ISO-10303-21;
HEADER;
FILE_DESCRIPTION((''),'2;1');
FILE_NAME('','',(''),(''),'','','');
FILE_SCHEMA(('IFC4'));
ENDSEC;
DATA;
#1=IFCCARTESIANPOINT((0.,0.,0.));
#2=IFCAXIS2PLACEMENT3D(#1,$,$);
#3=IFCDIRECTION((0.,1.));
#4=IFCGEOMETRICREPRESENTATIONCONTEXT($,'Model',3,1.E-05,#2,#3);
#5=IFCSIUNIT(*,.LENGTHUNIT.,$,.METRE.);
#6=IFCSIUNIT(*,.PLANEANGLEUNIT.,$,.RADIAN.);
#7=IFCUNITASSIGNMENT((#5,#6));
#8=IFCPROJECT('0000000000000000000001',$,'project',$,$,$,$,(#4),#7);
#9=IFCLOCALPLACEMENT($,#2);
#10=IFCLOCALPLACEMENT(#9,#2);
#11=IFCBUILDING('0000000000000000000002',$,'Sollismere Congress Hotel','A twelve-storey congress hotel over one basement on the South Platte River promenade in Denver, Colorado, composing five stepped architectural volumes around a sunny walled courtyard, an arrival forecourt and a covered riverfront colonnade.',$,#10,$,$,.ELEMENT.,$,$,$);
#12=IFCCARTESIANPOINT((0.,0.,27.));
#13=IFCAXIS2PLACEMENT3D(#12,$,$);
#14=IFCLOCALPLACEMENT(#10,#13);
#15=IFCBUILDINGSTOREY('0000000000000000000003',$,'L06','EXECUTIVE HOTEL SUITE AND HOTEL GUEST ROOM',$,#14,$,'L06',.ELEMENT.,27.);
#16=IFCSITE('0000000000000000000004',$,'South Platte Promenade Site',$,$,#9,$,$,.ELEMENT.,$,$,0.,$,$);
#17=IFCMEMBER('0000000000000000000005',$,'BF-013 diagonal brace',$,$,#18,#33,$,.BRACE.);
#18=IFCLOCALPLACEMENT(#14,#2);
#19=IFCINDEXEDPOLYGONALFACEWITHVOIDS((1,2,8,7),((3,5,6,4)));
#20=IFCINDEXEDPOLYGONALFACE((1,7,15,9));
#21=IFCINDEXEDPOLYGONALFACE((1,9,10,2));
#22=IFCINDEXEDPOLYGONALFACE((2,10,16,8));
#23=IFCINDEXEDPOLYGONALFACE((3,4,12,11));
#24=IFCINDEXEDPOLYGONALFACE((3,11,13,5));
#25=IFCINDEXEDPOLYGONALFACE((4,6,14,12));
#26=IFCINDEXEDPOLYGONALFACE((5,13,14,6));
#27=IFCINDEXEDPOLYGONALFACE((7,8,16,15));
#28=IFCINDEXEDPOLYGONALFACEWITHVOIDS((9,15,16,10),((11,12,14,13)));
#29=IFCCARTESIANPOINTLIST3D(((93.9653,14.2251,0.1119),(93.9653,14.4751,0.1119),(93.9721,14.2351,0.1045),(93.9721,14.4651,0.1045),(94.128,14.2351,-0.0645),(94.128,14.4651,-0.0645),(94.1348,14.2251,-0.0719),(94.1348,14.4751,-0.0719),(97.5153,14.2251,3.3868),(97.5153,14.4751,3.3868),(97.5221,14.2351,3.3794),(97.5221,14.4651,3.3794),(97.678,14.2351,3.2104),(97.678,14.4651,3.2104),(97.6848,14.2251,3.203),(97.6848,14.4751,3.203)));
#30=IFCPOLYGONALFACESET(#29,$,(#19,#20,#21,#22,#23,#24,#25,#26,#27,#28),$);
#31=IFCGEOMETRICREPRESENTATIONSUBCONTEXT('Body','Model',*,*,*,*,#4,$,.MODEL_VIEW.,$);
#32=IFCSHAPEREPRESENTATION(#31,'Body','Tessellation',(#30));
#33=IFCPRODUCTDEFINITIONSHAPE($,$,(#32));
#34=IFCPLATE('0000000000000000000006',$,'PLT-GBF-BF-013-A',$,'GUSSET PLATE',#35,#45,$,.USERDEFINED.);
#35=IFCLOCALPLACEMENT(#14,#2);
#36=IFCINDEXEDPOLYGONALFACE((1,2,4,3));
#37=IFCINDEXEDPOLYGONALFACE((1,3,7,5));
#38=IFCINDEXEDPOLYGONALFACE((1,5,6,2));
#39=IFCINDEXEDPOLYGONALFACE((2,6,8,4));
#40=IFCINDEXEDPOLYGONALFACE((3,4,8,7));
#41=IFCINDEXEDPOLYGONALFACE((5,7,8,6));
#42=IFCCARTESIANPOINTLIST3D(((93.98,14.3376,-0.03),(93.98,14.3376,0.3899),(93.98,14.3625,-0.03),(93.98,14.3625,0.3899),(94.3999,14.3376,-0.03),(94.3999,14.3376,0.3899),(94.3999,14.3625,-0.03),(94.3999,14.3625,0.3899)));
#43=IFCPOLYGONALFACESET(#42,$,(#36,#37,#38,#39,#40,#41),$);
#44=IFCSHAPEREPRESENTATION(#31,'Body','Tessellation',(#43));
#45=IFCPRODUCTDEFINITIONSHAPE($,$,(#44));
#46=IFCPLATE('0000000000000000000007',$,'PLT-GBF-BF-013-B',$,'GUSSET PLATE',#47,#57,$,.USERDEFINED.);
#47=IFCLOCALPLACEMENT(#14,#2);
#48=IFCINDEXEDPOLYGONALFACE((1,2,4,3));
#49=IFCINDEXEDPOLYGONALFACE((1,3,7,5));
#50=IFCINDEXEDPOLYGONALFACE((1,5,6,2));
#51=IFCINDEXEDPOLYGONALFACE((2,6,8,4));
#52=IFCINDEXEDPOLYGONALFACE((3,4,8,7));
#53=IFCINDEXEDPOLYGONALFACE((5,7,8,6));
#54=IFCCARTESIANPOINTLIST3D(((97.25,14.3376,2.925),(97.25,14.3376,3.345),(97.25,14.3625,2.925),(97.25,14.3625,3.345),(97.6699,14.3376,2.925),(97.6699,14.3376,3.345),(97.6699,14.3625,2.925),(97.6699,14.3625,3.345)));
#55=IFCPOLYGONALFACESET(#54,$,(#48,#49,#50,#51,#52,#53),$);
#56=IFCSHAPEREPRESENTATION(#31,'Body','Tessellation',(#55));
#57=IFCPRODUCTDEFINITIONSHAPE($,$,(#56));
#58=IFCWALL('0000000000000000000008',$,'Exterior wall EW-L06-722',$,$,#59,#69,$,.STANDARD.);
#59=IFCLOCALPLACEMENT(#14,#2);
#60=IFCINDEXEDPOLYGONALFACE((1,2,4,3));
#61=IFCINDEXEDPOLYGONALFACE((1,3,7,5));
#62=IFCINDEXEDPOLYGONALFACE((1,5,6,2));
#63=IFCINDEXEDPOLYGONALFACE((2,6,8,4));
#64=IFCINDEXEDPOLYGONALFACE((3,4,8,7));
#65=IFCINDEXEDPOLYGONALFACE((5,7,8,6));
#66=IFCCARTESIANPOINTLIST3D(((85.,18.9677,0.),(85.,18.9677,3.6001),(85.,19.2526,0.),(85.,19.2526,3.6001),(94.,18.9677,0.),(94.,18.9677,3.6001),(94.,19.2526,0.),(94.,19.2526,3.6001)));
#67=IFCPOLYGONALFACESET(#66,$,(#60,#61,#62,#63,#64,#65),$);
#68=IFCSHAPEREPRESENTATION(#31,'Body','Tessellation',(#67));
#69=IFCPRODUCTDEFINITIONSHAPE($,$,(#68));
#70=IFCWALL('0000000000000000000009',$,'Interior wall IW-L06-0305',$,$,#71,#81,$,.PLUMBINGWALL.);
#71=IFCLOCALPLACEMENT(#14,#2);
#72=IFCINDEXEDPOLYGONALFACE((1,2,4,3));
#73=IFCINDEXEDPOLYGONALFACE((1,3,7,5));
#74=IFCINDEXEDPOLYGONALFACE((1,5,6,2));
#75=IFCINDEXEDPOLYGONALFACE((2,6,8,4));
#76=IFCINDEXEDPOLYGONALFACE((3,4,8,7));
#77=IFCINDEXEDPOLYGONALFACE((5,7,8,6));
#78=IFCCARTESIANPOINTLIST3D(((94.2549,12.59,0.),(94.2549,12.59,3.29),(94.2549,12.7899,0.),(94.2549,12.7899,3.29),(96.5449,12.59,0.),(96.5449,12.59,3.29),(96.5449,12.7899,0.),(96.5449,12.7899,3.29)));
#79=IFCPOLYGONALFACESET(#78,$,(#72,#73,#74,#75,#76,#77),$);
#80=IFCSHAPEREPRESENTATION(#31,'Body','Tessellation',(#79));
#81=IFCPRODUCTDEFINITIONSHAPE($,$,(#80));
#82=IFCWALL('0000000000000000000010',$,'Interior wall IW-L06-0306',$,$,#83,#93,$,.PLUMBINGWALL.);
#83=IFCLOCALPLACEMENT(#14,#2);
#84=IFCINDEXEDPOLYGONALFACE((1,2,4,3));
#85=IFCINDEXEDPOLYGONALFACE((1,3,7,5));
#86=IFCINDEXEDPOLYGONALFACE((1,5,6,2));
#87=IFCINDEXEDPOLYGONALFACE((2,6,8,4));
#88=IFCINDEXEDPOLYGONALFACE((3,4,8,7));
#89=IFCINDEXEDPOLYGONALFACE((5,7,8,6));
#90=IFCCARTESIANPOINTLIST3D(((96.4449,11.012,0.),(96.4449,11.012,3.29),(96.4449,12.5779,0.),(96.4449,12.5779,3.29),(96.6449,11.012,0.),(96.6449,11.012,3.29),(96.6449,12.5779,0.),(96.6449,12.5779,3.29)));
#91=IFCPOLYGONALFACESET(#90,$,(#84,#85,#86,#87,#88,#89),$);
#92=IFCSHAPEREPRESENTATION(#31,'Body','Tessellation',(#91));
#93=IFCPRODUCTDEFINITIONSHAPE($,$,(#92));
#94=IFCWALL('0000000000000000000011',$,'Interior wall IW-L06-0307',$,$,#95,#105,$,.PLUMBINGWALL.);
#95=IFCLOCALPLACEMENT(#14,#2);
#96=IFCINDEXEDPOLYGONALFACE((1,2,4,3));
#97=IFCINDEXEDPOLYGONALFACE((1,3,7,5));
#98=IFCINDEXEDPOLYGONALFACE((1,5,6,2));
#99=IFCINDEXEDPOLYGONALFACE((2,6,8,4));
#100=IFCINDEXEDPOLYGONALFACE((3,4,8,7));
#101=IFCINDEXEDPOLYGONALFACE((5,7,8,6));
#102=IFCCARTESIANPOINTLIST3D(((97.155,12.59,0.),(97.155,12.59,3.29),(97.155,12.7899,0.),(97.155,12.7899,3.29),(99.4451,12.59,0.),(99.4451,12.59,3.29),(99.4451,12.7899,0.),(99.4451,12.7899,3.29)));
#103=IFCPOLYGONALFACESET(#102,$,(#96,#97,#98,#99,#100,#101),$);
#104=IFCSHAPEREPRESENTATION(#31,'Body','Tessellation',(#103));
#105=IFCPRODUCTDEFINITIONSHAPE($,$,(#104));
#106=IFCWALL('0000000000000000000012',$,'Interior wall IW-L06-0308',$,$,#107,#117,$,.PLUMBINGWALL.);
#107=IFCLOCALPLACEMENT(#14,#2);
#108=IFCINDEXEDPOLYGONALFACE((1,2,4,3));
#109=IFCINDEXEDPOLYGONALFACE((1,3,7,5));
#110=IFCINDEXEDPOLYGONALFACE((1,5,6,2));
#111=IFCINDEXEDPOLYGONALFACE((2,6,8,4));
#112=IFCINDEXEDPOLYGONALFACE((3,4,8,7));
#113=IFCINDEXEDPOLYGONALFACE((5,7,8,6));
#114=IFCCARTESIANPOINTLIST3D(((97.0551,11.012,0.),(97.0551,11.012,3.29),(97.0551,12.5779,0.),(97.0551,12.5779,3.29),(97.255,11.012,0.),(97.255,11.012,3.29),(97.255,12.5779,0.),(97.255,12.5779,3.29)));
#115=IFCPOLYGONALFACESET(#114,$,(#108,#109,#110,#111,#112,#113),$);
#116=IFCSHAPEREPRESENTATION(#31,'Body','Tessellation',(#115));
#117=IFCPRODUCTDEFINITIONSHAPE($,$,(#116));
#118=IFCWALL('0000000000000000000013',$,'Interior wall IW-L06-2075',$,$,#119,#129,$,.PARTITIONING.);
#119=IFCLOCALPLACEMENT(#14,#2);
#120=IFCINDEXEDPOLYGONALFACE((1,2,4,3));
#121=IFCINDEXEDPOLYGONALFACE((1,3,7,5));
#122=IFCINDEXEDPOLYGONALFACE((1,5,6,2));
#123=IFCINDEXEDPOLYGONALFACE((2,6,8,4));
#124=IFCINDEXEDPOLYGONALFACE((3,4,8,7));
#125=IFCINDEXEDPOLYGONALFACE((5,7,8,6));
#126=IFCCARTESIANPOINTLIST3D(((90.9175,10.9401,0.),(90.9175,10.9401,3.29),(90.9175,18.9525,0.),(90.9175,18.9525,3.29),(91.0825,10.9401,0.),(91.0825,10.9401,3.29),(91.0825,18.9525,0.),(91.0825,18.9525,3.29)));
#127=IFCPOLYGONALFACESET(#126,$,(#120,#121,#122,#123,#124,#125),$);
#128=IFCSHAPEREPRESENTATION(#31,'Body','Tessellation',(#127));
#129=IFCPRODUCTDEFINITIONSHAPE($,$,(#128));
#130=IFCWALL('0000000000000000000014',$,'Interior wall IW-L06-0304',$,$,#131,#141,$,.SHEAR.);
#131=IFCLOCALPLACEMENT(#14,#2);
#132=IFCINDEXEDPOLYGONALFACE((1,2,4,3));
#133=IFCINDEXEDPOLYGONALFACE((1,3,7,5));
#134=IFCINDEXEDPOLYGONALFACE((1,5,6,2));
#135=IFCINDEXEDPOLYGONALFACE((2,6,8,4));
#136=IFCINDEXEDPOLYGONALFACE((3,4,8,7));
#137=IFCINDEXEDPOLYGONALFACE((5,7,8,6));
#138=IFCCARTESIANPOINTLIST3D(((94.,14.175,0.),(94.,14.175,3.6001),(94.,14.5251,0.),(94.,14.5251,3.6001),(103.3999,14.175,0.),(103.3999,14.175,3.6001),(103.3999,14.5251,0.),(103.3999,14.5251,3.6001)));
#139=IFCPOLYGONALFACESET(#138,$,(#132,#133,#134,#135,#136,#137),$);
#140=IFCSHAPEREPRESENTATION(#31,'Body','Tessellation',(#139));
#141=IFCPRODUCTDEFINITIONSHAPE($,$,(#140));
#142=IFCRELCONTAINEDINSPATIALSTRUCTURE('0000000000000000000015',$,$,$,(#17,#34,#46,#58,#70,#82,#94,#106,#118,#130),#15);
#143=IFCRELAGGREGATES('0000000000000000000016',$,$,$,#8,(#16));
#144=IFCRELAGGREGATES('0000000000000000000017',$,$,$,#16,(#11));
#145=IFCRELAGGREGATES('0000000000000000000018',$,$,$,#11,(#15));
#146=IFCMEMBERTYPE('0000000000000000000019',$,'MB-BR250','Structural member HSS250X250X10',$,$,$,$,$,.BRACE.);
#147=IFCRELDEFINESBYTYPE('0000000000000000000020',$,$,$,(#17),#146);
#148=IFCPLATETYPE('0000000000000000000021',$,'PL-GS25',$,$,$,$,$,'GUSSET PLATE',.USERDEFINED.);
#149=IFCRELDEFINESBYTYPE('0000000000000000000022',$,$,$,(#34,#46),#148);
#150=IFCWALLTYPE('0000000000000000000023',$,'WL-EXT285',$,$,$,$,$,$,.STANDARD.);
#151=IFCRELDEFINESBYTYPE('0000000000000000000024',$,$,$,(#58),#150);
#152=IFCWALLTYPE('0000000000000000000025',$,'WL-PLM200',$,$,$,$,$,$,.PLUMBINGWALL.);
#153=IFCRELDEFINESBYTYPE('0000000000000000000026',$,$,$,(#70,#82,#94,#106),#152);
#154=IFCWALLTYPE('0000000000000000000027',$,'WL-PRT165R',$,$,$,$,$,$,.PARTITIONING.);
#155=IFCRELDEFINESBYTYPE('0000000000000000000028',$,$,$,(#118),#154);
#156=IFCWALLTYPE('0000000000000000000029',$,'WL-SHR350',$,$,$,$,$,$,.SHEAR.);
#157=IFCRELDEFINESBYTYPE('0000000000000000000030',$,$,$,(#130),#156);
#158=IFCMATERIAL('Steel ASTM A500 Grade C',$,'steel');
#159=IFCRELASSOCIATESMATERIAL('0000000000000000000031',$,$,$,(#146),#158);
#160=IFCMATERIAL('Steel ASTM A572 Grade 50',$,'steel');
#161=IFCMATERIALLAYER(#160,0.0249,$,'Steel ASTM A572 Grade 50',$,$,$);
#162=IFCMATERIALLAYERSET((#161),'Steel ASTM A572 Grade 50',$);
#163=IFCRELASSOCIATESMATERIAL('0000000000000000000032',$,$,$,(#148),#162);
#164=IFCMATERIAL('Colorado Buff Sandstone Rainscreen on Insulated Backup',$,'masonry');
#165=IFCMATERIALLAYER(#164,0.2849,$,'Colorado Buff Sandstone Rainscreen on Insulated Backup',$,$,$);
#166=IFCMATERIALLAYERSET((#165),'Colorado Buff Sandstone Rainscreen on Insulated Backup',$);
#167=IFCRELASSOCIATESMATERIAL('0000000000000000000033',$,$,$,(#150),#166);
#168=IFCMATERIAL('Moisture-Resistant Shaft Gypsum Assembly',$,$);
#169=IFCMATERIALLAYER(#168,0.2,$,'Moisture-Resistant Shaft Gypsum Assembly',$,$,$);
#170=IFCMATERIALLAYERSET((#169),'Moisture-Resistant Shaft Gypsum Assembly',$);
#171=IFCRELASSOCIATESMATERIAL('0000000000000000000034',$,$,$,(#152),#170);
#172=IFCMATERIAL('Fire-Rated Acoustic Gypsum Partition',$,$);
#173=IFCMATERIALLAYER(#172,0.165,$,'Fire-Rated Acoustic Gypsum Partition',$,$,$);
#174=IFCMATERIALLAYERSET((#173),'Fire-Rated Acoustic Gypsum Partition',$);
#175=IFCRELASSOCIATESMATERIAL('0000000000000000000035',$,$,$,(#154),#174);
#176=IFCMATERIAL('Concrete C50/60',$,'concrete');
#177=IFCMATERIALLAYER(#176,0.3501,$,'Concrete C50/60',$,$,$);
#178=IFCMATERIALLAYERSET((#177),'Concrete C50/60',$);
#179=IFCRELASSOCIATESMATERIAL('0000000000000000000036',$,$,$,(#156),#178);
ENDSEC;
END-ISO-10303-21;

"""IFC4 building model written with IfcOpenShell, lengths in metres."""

from ifc_helpers import new_model, si_unit, direction, frame, frame_2d, origin, origin_2d, place, context, subcontext, project, spatial, rectangle, hollow_rectangle, extrude, material, layer, layer_set, material_profile, profile_set, type_object, element, save


model = new_model("IFC4")

# Units and contexts
model_context = context("Model", 3, precision=1e-05, world=origin(), true_north=direction((0.0, 1.0)))
body_context = subcontext(model_context, "Body", "Model", "MODEL_VIEW")
ifc_project = project(units=[si_unit("LENGTHUNIT", "METRE"), si_unit("PLANEANGLEUNIT", "RADIAN")], contexts=[model_context])

# Site, building, storey
site_placement = place(None, origin())
site = spatial("IfcSite", under=ifc_project, at=site_placement, Name="South Platte Promenade Site", CompositionType="ELEMENT", RefElevation=0.0)
building_placement = place(site_placement, origin())
building = spatial("IfcBuilding", under=site, at=building_placement, Name="Sollismere Congress Hotel", Description="A twelve-storey congress hotel over one basement on the South Platte River promenade in Denver, Colorado, composing five stepped architectural volumes around a sunny walled courtyard, an arrival forecourt and a covered riverfront colonnade.", CompositionType="ELEMENT")
storey_placement = place(building_placement, frame((0.0, 0.0, 27.0)))
storey = spatial("IfcBuildingStorey", under=building, at=storey_placement, Name="L06", Description="EXECUTIVE HOTEL SUITE AND HOTEL GUEST ROOM", LongName="L06", CompositionType="ELEMENT", Elevation=27.0)

# Member
ifc_material_1 = material(Name="Steel ASTM A500 Grade C", Category="steel")
ifc_material_profile = material_profile(ifc_material_1, hollow_rectangle(XDim=0.25, YDim=0.25, WallThickness=0.01, at=origin_2d()), Name="HSS250X250X10")
ifc_profile_set = profile_set([ifc_material_profile], Name="Steel ASTM A500 Grade C")
member_type = type_object("IfcMemberType", Name="MB-BR250", Description="Structural member HSS250X250X10", PredefinedType="BRACE", material=ifc_profile_set)
member_placement = place(storey_placement, frame((94.05, 14.3501, 0.02), z_axis=(0.735017, 0.0, 0.678049), x_axis=(0.0, 1.0, 0.0)))
element("IfcMember", 1, at=member_placement, inside=storey, type_object=member_type, Name="BF-013 diagonal brace", PredefinedType="BRACE", context=body_context, shape_type="SweptSolid", body=[
    extrude(hollow_rectangle(XDim=0.25, YDim=0.25, WallThickness=0.01, at=origin_2d()), origin(), (0.0, 0.0, 1.0), 4.8298),
])

# Plates
ifc_material_2 = material(Name="Steel ASTM A572 Grade 50", Category="steel")
ifc_layer_1 = layer(ifc_material_2, 0.0249, Name="Steel ASTM A572 Grade 50")
ifc_layer_set_1 = layer_set([ifc_layer_1], Name="Steel ASTM A572 Grade 50")
plate_type = type_object("IfcPlateType", Name="PL-GS25", ElementType="GUSSET PLATE", PredefinedType="USERDEFINED", material=ifc_layer_set_1)
for number, where, z_axis, x_axis, name in (
    (2, (94.1899, 14.3501, -0.03), (0.0, 0.0, 1.0), (1.0, 0.0, 0.0), "PLT-GBF-BF-013-A"),
    (3, (97.46, 14.3501, 2.925), (0.0, 0.0, 1.0), (1.0, 0.0, 0.0), "PLT-GBF-BF-013-B"),
):
    element("IfcPlate", number, at=place(storey_placement, frame(where, z_axis=z_axis, x_axis=x_axis)), inside=storey, type_object=plate_type, Name=name, ObjectType="GUSSET PLATE", PredefinedType="USERDEFINED", context=body_context, shape_type="SweptSolid", body=[
        extrude(rectangle(XDim=0.4199, YDim=0.0249, at=origin_2d()), origin(), (0.0, 0.0, 1.0), 0.4199),
    ])

# Walls
ifc_material_3 = material(Name="Colorado Buff Sandstone Rainscreen on Insulated Backup", Category="masonry")
ifc_layer_2 = layer(ifc_material_3, 0.2849, Name="Colorado Buff Sandstone Rainscreen on Insulated Backup")
ifc_layer_set_2 = layer_set([ifc_layer_2], Name="Colorado Buff Sandstone Rainscreen on Insulated Backup")
wall_type_1 = type_object("IfcWallType", Name="WL-EXT285", PredefinedType="STANDARD", material=ifc_layer_set_2)
wall_1_placement = place(storey_placement, frame((94.0, 19.1101, 0.0), z_axis=(0.0, 0.0, 1.0), x_axis=(-1.0, 0.0, 0.0)))
element("IfcWall", 4, at=wall_1_placement, inside=storey, type_object=wall_type_1, Name="Exterior wall EW-L06-722", PredefinedType="STANDARD", context=body_context, shape_type="SweptSolid", body=[
    extrude(rectangle(XDim=9.0, YDim=0.2849, at=frame_2d((4.5, 0.0))), origin(), (0.0, 0.0, 1.0), 3.6001),
])
ifc_material_4 = material(Name="Moisture-Resistant Shaft Gypsum Assembly")
ifc_layer_3 = layer(ifc_material_4, 0.2, Name="Moisture-Resistant Shaft Gypsum Assembly")
ifc_layer_set_3 = layer_set([ifc_layer_3], Name="Moisture-Resistant Shaft Gypsum Assembly")
wall_type_2 = type_object("IfcWallType", Name="WL-PLM200", PredefinedType="PLUMBINGWALL", material=ifc_layer_set_3)
wall_2_placement = place(storey_placement, frame((94.2549, 12.6899, 0.0), z_axis=(0.0, 0.0, 1.0), x_axis=(1.0, 0.0, 0.0)))
element("IfcWall", 5, at=wall_2_placement, inside=storey, type_object=wall_type_2, Name="Interior wall IW-L06-0305", PredefinedType="PLUMBINGWALL", context=body_context, shape_type="SweptSolid", body=[
    extrude(rectangle(XDim=2.29, YDim=0.2, at=frame_2d((1.145, 0.0))), origin(), (0.0, 0.0, 1.0), 3.29),
])
wall_3_placement = place(storey_placement, frame((96.5449, 11.012, 0.0), z_axis=(0.0, 0.0, 1.0), x_axis=(0.0, 1.0, 0.0)))
element("IfcWall", 6, at=wall_3_placement, inside=storey, type_object=wall_type_2, Name="Interior wall IW-L06-0306", PredefinedType="PLUMBINGWALL", context=body_context, shape_type="SweptSolid", body=[
    extrude(rectangle(XDim=1.5659, YDim=0.2, at=frame_2d((0.783, 0.0))), origin(), (0.0, 0.0, 1.0), 3.29),
])
wall_4_placement = place(storey_placement, frame((97.155, 12.6899, 0.0), z_axis=(0.0, 0.0, 1.0), x_axis=(1.0, 0.0, 0.0)))
element("IfcWall", 7, at=wall_4_placement, inside=storey, type_object=wall_type_2, Name="Interior wall IW-L06-0307", PredefinedType="PLUMBINGWALL", context=body_context, shape_type="SweptSolid", body=[
    extrude(rectangle(XDim=2.29, YDim=0.2, at=frame_2d((1.145, 0.0))), origin(), (0.0, 0.0, 1.0), 3.29),
])
wall_5_placement = place(storey_placement, frame((97.155, 11.012, 0.0), z_axis=(0.0, 0.0, 1.0), x_axis=(0.0, 1.0, 0.0)))
element("IfcWall", 8, at=wall_5_placement, inside=storey, type_object=wall_type_2, Name="Interior wall IW-L06-0308", PredefinedType="PLUMBINGWALL", context=body_context, shape_type="SweptSolid", body=[
    extrude(rectangle(XDim=1.5659, YDim=0.2, at=frame_2d((0.783, 0.0))), origin(), (0.0, 0.0, 1.0), 3.29),
])

# Walls
ifc_material_5 = material(Name="Fire-Rated Acoustic Gypsum Partition")
ifc_layer_4 = layer(ifc_material_5, 0.165, Name="Fire-Rated Acoustic Gypsum Partition")
ifc_layer_set_4 = layer_set([ifc_layer_4], Name="Fire-Rated Acoustic Gypsum Partition")
wall_type_3 = type_object("IfcWallType", Name="WL-PRT165R", PredefinedType="PARTITIONING", material=ifc_layer_set_4)
wall_6_placement = place(storey_placement, frame((91.0, 10.9399, 0.0), z_axis=(0.0, 0.0, 1.0), x_axis=(0.0, 1.0, 0.0)))
element("IfcWall", 9, at=wall_6_placement, inside=storey, type_object=wall_type_3, Name="Interior wall IW-L06-2075", PredefinedType="PARTITIONING", context=body_context, shape_type="SweptSolid", body=[
    extrude(rectangle(XDim=8.0125, YDim=0.165, at=frame_2d((4.0063, 0.0))), origin(), (0.0, 0.0, 1.0), 3.29),
])
ifc_material_6 = material(Name="Concrete C50/60", Category="concrete")
ifc_layer_5 = layer(ifc_material_6, 0.3501, Name="Concrete C50/60")
ifc_layer_set_5 = layer_set([ifc_layer_5], Name="Concrete C50/60")
wall_type_4 = type_object("IfcWallType", Name="WL-SHR350", PredefinedType="SHEAR", material=ifc_layer_set_5)
wall_7_placement = place(storey_placement, frame((94.0, 14.3501, 0.0), z_axis=(0.0, 0.0, 1.0), x_axis=(1.0, 0.0, 0.0)))
element("IfcWall", 10, at=wall_7_placement, inside=storey, type_object=wall_type_4, Name="Interior wall IW-L06-0304", PredefinedType="SHEAR", context=body_context, shape_type="SweptSolid", body=[
    extrude(rectangle(XDim=9.3999, YDim=0.3501, at=frame_2d((4.7, 0.0))), origin(), (0.0, 0.0, 1.0), 3.6001),
])

save(model, "model.ifc")
